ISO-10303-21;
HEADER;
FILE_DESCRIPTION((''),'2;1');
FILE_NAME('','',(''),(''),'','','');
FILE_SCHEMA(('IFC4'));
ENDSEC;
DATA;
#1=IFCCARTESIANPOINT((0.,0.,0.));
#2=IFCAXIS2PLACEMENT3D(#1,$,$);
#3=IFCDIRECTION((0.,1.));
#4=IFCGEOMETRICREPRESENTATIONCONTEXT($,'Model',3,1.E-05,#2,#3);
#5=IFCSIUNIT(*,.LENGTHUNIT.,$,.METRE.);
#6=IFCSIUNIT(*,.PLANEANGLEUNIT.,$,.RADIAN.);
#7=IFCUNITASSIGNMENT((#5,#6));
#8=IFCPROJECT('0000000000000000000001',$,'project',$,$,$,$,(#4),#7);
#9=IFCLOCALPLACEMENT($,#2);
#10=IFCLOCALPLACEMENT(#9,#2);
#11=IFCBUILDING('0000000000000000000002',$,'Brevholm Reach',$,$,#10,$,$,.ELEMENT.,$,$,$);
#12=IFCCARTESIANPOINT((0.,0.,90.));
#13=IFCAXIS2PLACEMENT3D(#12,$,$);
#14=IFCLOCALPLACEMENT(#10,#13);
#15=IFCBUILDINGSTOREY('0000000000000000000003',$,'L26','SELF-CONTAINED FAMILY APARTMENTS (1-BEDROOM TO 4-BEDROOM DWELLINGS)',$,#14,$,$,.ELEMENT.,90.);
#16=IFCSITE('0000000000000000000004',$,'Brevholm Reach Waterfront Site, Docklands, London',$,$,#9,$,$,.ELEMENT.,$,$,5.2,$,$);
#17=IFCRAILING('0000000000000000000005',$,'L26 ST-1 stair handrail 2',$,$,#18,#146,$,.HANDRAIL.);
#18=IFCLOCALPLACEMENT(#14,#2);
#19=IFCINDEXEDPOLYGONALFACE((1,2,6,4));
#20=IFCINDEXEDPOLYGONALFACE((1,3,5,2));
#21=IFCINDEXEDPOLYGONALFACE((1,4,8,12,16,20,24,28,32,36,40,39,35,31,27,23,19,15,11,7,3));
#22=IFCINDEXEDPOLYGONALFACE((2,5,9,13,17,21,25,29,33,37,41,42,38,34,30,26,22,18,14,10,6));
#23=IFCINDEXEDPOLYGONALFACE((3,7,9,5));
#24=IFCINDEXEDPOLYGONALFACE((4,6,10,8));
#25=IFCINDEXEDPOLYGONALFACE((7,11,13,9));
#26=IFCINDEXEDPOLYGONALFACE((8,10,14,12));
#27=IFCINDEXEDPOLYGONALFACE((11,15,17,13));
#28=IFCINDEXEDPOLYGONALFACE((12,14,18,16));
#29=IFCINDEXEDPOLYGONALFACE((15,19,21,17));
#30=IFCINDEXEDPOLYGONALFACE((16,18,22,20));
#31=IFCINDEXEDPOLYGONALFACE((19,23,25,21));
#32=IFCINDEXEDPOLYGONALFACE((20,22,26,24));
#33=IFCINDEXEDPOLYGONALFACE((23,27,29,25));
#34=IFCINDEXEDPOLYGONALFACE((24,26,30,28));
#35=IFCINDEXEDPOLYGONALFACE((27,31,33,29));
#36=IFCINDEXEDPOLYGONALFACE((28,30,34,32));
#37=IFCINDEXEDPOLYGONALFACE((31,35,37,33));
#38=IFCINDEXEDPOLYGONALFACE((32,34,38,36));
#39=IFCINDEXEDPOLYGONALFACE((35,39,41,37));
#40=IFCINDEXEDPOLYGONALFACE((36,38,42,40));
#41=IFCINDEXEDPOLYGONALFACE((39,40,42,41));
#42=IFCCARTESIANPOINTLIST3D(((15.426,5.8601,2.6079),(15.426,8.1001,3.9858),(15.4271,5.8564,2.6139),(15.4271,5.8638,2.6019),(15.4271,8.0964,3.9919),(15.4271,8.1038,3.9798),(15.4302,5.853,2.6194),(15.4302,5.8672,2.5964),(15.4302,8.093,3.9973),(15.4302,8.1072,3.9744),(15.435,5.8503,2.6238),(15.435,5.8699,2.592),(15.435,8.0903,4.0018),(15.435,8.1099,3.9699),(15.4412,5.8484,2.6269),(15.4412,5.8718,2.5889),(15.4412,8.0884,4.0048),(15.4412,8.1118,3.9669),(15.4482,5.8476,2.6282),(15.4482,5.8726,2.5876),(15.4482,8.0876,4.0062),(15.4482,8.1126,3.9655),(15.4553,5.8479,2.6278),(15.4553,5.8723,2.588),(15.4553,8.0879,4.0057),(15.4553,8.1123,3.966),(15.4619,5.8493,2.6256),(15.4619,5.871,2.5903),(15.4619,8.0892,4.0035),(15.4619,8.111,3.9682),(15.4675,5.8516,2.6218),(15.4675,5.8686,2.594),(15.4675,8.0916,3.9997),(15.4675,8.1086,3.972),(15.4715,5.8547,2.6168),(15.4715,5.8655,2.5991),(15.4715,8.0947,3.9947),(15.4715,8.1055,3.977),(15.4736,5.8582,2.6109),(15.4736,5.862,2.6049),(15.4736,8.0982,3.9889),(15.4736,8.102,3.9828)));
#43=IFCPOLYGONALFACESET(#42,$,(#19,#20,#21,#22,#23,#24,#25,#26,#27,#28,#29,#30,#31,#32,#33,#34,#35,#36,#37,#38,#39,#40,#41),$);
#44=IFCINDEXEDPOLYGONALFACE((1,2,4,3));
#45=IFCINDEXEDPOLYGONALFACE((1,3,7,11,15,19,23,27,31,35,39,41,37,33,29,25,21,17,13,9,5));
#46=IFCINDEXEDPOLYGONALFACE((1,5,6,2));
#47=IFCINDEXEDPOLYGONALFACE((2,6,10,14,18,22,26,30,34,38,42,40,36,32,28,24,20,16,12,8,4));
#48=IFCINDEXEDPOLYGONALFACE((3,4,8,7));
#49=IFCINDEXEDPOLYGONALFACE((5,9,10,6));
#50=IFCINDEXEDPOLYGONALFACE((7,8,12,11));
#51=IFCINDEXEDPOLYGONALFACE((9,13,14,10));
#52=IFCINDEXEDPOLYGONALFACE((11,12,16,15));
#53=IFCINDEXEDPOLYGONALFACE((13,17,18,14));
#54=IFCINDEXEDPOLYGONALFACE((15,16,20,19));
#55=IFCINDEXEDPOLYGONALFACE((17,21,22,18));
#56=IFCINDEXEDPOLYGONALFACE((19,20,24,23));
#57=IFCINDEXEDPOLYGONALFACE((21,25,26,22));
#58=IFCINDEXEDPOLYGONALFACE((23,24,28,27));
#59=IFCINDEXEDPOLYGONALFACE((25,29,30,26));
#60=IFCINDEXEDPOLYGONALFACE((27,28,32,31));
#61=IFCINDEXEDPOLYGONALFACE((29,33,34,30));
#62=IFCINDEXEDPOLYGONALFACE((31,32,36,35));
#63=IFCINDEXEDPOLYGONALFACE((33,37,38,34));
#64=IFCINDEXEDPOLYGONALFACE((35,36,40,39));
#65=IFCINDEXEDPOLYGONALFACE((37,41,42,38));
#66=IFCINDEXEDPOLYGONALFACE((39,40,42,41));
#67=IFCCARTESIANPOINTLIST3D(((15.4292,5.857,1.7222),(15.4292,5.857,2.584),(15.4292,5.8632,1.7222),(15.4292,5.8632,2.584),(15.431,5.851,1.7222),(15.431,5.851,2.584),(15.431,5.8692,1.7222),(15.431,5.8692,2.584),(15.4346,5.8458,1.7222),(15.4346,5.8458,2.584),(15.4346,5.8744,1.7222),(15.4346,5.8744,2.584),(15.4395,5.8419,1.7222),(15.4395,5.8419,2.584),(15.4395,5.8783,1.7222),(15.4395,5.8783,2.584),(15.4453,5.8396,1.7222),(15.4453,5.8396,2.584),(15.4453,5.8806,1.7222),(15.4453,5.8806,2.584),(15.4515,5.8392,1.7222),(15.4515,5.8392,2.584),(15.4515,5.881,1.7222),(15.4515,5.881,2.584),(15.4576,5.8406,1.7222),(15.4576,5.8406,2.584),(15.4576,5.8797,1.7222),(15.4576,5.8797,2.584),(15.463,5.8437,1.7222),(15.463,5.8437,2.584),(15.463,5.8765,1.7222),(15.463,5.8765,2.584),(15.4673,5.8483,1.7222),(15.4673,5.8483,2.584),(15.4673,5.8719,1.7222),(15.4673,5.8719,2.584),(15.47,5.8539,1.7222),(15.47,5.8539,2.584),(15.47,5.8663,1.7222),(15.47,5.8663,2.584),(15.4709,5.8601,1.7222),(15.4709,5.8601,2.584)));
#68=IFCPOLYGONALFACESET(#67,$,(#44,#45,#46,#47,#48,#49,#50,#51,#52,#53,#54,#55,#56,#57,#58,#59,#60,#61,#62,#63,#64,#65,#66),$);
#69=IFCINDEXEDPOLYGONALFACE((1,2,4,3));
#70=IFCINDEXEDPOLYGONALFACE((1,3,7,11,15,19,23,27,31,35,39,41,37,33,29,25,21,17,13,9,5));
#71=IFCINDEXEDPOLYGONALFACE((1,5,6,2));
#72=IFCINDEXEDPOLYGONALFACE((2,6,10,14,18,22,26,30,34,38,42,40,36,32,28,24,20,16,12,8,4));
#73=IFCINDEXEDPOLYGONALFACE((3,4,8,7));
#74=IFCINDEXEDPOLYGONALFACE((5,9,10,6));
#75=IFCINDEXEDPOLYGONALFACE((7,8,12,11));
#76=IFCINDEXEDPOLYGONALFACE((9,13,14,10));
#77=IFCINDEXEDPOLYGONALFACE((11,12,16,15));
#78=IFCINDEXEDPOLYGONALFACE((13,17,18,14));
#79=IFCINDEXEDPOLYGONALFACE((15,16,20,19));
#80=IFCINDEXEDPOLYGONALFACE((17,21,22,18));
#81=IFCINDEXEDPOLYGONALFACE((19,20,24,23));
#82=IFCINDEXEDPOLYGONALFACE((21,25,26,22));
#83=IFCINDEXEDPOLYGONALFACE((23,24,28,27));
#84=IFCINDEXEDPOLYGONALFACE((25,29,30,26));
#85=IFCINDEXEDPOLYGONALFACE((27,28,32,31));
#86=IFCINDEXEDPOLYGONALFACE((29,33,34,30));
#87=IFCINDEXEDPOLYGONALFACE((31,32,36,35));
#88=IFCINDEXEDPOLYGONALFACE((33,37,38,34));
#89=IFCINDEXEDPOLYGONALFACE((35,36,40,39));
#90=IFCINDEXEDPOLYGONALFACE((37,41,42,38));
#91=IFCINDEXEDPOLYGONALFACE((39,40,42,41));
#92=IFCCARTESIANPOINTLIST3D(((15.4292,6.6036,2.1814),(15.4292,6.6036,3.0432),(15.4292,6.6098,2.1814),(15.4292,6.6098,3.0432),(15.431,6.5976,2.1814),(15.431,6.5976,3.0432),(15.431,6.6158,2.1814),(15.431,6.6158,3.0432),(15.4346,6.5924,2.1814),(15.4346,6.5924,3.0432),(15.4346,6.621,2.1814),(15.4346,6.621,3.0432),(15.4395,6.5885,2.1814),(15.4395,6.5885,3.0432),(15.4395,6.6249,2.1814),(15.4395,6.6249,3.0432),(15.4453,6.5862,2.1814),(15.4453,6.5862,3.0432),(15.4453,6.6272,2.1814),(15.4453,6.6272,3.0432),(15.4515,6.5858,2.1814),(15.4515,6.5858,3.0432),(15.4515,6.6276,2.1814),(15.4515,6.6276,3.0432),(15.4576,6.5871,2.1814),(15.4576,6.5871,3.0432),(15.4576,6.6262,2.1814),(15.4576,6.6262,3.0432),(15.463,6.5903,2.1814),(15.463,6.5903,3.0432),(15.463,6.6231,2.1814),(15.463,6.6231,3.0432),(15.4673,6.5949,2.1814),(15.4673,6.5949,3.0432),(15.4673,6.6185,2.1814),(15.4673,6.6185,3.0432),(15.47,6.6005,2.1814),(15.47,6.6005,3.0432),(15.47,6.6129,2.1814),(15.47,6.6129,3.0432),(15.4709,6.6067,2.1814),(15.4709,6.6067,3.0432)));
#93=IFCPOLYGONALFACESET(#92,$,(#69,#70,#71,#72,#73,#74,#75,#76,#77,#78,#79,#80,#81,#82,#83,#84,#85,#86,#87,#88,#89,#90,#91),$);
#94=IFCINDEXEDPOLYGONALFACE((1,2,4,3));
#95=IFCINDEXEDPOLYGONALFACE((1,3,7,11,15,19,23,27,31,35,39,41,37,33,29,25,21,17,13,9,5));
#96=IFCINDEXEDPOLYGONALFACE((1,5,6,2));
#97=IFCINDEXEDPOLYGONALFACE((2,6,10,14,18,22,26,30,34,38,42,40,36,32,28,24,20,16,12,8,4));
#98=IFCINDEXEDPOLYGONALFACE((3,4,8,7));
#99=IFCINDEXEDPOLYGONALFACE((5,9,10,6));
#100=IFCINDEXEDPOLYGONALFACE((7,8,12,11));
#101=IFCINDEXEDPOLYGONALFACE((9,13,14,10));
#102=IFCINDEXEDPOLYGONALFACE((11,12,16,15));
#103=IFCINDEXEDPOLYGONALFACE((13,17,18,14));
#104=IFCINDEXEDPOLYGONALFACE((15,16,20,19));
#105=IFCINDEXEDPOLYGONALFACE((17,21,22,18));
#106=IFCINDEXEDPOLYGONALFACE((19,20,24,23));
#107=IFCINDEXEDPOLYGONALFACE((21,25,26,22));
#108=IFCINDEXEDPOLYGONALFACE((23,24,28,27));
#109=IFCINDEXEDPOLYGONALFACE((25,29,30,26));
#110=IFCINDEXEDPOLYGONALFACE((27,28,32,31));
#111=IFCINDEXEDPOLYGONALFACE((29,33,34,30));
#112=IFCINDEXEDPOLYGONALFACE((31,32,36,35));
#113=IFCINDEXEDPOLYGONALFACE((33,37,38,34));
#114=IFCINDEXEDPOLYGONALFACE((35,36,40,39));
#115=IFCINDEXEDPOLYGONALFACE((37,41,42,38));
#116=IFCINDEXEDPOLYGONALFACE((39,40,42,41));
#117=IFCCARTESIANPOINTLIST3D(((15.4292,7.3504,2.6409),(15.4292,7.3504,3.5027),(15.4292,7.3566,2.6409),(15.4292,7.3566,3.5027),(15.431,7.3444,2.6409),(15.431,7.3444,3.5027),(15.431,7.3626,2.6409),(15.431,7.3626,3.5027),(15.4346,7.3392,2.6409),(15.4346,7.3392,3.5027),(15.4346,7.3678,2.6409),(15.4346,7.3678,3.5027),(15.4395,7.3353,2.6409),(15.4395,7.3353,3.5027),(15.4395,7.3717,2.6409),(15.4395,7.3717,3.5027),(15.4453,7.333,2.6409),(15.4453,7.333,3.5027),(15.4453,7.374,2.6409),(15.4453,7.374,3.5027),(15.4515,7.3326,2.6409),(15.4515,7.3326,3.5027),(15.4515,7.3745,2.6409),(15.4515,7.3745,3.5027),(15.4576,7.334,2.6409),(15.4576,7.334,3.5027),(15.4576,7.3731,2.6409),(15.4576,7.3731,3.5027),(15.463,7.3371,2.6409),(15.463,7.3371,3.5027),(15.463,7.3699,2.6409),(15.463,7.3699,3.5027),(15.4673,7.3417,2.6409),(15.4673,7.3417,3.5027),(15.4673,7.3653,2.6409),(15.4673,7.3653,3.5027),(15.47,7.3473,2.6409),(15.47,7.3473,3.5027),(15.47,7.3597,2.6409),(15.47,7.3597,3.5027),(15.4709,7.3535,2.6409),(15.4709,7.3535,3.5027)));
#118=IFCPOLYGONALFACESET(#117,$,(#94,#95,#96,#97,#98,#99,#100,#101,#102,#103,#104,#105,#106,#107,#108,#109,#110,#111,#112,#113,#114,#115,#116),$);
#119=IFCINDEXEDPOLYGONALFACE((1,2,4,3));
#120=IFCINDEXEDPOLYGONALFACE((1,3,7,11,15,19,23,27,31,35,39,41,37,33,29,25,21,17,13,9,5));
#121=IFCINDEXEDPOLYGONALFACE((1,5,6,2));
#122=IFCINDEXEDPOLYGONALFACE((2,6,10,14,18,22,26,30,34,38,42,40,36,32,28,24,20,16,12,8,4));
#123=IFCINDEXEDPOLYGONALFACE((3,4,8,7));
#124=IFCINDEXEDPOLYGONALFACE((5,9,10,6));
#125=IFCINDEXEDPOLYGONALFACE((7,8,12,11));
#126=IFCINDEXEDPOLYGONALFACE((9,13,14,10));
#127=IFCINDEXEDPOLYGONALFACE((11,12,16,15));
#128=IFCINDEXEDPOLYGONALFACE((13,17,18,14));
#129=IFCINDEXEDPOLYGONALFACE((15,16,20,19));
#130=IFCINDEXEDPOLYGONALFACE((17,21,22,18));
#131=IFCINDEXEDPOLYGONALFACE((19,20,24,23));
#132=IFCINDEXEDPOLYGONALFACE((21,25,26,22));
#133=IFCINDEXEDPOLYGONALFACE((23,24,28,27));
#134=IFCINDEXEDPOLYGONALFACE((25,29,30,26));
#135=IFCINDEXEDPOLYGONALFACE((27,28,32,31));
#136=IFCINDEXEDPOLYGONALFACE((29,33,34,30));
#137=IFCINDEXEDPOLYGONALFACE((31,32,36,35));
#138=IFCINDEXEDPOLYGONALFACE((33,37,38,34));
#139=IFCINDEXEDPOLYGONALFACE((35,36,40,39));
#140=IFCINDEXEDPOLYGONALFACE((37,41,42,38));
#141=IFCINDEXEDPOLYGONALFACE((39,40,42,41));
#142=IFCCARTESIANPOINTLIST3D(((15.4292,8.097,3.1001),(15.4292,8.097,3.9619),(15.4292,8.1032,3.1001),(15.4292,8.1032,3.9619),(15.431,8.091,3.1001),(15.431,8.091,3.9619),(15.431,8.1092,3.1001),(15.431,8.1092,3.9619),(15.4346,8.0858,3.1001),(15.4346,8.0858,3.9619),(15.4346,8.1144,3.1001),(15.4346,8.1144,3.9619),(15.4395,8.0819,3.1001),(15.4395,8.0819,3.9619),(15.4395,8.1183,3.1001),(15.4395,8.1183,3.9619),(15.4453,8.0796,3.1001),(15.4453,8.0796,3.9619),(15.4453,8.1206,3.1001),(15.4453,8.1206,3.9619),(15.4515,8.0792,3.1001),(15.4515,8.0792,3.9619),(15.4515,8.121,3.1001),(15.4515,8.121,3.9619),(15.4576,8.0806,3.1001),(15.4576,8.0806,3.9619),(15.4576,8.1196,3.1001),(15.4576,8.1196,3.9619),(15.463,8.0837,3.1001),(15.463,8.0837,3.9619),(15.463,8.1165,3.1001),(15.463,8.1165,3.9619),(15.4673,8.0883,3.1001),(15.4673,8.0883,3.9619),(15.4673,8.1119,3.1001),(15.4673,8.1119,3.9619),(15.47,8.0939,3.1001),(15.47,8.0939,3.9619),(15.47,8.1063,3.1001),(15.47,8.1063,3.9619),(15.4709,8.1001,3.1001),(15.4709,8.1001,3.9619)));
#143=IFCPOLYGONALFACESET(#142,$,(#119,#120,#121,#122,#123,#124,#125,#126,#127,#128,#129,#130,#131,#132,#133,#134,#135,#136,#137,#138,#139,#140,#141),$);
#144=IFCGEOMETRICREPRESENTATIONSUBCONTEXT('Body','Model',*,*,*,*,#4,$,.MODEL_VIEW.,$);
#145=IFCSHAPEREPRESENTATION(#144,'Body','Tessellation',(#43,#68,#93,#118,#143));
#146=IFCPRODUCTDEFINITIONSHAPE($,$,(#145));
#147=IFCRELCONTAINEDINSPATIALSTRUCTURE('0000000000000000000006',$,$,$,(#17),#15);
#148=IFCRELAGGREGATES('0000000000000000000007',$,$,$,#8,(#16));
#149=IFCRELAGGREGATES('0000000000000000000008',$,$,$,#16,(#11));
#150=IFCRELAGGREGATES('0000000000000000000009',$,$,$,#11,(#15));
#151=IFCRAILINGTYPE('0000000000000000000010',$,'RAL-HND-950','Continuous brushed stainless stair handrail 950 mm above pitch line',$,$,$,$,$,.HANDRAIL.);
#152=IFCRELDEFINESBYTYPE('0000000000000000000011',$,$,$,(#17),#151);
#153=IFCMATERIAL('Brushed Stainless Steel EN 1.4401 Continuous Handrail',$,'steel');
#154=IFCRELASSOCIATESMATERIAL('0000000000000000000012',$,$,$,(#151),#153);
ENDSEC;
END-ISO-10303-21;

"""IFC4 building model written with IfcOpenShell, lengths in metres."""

from ifc_helpers import new_model, si_unit, direction, frame, origin, origin_2d, place, context, subcontext, project, spatial, circle, extrude, material, type_object, element, save


model = new_model("IFC4")

# Units and contexts
model_context = context("Model", 3, precision=1e-05, world=origin(), true_north=direction((0.0, 1.0)))
body_context = subcontext(model_context, "Body", "Model", "MODEL_VIEW")
ifc_project = project(units=[si_unit("LENGTHUNIT", "METRE"), si_unit("PLANEANGLEUNIT", "RADIAN")], contexts=[model_context])

# Site, building, storey
site_placement = place(None, origin())
site = spatial("IfcSite", under=ifc_project, at=site_placement, Name="Brevholm Reach Waterfront Site, Docklands, London", CompositionType="ELEMENT", RefElevation=5.2)
building_placement = place(site_placement, origin())
building = spatial("IfcBuilding", under=site, at=building_placement, Name="Brevholm Reach", CompositionType="ELEMENT")
storey_placement = place(building_placement, frame((0.0, 0.0, 90.0)))
storey = spatial("IfcBuildingStorey", under=building, at=storey_placement, Name="L26", Description="SELF-CONTAINED FAMILY APARTMENTS (1-BEDROOM TO 4-BEDROOM DWELLINGS)", CompositionType="ELEMENT", Elevation=90.0)

# Railing
ifc_material_1 = material(Name="Brushed Stainless Steel EN 1.4401 Continuous Handrail", Category="steel")
railing_type_1 = type_object("IfcRailingType", Name="RAL-HND-950", Description="Continuous brushed stainless stair handrail 950 mm above pitch line", PredefinedType="HANDRAIL", material=ifc_material_1)
railing_1_placement = place(storey_placement, frame((15.45, 5.8601, 1.7222)))
element("IfcRailing", 1, at=railing_1_placement, inside=storey, type_object=railing_type_1, Name="L26 ST-1 stair handrail 2", PredefinedType="HANDRAIL", context=body_context, shape_type="SweptSolid", body=[
    extrude(circle(Radius=0.0239, at=origin_2d()), frame((0.0, 0.0, 0.8857), z_axis=(0.0, 0.851748, 0.523952), x_axis=(-1.0, 0.0, 0.0)), (0.0, 0.0, 1.0), 2.6299),
    extrude(circle(Radius=0.021, at=origin_2d()), origin(), (0.0, 0.0, 1.0), 0.8618),
    extrude(circle(Radius=0.021, at=origin_2d()), frame((0.0, 0.7466, 0.4592)), (0.0, 0.0, 1.0), 0.8618),
    extrude(circle(Radius=0.021, at=origin_2d()), frame((0.0, 1.4934, 0.9187)), (0.0, 0.0, 1.0), 0.8618),
    extrude(circle(Radius=0.021, at=origin_2d()), frame((0.0, 2.24, 1.3779)), (0.0, 0.0, 1.0), 0.8618),
])

save(model, "model.ifc")
